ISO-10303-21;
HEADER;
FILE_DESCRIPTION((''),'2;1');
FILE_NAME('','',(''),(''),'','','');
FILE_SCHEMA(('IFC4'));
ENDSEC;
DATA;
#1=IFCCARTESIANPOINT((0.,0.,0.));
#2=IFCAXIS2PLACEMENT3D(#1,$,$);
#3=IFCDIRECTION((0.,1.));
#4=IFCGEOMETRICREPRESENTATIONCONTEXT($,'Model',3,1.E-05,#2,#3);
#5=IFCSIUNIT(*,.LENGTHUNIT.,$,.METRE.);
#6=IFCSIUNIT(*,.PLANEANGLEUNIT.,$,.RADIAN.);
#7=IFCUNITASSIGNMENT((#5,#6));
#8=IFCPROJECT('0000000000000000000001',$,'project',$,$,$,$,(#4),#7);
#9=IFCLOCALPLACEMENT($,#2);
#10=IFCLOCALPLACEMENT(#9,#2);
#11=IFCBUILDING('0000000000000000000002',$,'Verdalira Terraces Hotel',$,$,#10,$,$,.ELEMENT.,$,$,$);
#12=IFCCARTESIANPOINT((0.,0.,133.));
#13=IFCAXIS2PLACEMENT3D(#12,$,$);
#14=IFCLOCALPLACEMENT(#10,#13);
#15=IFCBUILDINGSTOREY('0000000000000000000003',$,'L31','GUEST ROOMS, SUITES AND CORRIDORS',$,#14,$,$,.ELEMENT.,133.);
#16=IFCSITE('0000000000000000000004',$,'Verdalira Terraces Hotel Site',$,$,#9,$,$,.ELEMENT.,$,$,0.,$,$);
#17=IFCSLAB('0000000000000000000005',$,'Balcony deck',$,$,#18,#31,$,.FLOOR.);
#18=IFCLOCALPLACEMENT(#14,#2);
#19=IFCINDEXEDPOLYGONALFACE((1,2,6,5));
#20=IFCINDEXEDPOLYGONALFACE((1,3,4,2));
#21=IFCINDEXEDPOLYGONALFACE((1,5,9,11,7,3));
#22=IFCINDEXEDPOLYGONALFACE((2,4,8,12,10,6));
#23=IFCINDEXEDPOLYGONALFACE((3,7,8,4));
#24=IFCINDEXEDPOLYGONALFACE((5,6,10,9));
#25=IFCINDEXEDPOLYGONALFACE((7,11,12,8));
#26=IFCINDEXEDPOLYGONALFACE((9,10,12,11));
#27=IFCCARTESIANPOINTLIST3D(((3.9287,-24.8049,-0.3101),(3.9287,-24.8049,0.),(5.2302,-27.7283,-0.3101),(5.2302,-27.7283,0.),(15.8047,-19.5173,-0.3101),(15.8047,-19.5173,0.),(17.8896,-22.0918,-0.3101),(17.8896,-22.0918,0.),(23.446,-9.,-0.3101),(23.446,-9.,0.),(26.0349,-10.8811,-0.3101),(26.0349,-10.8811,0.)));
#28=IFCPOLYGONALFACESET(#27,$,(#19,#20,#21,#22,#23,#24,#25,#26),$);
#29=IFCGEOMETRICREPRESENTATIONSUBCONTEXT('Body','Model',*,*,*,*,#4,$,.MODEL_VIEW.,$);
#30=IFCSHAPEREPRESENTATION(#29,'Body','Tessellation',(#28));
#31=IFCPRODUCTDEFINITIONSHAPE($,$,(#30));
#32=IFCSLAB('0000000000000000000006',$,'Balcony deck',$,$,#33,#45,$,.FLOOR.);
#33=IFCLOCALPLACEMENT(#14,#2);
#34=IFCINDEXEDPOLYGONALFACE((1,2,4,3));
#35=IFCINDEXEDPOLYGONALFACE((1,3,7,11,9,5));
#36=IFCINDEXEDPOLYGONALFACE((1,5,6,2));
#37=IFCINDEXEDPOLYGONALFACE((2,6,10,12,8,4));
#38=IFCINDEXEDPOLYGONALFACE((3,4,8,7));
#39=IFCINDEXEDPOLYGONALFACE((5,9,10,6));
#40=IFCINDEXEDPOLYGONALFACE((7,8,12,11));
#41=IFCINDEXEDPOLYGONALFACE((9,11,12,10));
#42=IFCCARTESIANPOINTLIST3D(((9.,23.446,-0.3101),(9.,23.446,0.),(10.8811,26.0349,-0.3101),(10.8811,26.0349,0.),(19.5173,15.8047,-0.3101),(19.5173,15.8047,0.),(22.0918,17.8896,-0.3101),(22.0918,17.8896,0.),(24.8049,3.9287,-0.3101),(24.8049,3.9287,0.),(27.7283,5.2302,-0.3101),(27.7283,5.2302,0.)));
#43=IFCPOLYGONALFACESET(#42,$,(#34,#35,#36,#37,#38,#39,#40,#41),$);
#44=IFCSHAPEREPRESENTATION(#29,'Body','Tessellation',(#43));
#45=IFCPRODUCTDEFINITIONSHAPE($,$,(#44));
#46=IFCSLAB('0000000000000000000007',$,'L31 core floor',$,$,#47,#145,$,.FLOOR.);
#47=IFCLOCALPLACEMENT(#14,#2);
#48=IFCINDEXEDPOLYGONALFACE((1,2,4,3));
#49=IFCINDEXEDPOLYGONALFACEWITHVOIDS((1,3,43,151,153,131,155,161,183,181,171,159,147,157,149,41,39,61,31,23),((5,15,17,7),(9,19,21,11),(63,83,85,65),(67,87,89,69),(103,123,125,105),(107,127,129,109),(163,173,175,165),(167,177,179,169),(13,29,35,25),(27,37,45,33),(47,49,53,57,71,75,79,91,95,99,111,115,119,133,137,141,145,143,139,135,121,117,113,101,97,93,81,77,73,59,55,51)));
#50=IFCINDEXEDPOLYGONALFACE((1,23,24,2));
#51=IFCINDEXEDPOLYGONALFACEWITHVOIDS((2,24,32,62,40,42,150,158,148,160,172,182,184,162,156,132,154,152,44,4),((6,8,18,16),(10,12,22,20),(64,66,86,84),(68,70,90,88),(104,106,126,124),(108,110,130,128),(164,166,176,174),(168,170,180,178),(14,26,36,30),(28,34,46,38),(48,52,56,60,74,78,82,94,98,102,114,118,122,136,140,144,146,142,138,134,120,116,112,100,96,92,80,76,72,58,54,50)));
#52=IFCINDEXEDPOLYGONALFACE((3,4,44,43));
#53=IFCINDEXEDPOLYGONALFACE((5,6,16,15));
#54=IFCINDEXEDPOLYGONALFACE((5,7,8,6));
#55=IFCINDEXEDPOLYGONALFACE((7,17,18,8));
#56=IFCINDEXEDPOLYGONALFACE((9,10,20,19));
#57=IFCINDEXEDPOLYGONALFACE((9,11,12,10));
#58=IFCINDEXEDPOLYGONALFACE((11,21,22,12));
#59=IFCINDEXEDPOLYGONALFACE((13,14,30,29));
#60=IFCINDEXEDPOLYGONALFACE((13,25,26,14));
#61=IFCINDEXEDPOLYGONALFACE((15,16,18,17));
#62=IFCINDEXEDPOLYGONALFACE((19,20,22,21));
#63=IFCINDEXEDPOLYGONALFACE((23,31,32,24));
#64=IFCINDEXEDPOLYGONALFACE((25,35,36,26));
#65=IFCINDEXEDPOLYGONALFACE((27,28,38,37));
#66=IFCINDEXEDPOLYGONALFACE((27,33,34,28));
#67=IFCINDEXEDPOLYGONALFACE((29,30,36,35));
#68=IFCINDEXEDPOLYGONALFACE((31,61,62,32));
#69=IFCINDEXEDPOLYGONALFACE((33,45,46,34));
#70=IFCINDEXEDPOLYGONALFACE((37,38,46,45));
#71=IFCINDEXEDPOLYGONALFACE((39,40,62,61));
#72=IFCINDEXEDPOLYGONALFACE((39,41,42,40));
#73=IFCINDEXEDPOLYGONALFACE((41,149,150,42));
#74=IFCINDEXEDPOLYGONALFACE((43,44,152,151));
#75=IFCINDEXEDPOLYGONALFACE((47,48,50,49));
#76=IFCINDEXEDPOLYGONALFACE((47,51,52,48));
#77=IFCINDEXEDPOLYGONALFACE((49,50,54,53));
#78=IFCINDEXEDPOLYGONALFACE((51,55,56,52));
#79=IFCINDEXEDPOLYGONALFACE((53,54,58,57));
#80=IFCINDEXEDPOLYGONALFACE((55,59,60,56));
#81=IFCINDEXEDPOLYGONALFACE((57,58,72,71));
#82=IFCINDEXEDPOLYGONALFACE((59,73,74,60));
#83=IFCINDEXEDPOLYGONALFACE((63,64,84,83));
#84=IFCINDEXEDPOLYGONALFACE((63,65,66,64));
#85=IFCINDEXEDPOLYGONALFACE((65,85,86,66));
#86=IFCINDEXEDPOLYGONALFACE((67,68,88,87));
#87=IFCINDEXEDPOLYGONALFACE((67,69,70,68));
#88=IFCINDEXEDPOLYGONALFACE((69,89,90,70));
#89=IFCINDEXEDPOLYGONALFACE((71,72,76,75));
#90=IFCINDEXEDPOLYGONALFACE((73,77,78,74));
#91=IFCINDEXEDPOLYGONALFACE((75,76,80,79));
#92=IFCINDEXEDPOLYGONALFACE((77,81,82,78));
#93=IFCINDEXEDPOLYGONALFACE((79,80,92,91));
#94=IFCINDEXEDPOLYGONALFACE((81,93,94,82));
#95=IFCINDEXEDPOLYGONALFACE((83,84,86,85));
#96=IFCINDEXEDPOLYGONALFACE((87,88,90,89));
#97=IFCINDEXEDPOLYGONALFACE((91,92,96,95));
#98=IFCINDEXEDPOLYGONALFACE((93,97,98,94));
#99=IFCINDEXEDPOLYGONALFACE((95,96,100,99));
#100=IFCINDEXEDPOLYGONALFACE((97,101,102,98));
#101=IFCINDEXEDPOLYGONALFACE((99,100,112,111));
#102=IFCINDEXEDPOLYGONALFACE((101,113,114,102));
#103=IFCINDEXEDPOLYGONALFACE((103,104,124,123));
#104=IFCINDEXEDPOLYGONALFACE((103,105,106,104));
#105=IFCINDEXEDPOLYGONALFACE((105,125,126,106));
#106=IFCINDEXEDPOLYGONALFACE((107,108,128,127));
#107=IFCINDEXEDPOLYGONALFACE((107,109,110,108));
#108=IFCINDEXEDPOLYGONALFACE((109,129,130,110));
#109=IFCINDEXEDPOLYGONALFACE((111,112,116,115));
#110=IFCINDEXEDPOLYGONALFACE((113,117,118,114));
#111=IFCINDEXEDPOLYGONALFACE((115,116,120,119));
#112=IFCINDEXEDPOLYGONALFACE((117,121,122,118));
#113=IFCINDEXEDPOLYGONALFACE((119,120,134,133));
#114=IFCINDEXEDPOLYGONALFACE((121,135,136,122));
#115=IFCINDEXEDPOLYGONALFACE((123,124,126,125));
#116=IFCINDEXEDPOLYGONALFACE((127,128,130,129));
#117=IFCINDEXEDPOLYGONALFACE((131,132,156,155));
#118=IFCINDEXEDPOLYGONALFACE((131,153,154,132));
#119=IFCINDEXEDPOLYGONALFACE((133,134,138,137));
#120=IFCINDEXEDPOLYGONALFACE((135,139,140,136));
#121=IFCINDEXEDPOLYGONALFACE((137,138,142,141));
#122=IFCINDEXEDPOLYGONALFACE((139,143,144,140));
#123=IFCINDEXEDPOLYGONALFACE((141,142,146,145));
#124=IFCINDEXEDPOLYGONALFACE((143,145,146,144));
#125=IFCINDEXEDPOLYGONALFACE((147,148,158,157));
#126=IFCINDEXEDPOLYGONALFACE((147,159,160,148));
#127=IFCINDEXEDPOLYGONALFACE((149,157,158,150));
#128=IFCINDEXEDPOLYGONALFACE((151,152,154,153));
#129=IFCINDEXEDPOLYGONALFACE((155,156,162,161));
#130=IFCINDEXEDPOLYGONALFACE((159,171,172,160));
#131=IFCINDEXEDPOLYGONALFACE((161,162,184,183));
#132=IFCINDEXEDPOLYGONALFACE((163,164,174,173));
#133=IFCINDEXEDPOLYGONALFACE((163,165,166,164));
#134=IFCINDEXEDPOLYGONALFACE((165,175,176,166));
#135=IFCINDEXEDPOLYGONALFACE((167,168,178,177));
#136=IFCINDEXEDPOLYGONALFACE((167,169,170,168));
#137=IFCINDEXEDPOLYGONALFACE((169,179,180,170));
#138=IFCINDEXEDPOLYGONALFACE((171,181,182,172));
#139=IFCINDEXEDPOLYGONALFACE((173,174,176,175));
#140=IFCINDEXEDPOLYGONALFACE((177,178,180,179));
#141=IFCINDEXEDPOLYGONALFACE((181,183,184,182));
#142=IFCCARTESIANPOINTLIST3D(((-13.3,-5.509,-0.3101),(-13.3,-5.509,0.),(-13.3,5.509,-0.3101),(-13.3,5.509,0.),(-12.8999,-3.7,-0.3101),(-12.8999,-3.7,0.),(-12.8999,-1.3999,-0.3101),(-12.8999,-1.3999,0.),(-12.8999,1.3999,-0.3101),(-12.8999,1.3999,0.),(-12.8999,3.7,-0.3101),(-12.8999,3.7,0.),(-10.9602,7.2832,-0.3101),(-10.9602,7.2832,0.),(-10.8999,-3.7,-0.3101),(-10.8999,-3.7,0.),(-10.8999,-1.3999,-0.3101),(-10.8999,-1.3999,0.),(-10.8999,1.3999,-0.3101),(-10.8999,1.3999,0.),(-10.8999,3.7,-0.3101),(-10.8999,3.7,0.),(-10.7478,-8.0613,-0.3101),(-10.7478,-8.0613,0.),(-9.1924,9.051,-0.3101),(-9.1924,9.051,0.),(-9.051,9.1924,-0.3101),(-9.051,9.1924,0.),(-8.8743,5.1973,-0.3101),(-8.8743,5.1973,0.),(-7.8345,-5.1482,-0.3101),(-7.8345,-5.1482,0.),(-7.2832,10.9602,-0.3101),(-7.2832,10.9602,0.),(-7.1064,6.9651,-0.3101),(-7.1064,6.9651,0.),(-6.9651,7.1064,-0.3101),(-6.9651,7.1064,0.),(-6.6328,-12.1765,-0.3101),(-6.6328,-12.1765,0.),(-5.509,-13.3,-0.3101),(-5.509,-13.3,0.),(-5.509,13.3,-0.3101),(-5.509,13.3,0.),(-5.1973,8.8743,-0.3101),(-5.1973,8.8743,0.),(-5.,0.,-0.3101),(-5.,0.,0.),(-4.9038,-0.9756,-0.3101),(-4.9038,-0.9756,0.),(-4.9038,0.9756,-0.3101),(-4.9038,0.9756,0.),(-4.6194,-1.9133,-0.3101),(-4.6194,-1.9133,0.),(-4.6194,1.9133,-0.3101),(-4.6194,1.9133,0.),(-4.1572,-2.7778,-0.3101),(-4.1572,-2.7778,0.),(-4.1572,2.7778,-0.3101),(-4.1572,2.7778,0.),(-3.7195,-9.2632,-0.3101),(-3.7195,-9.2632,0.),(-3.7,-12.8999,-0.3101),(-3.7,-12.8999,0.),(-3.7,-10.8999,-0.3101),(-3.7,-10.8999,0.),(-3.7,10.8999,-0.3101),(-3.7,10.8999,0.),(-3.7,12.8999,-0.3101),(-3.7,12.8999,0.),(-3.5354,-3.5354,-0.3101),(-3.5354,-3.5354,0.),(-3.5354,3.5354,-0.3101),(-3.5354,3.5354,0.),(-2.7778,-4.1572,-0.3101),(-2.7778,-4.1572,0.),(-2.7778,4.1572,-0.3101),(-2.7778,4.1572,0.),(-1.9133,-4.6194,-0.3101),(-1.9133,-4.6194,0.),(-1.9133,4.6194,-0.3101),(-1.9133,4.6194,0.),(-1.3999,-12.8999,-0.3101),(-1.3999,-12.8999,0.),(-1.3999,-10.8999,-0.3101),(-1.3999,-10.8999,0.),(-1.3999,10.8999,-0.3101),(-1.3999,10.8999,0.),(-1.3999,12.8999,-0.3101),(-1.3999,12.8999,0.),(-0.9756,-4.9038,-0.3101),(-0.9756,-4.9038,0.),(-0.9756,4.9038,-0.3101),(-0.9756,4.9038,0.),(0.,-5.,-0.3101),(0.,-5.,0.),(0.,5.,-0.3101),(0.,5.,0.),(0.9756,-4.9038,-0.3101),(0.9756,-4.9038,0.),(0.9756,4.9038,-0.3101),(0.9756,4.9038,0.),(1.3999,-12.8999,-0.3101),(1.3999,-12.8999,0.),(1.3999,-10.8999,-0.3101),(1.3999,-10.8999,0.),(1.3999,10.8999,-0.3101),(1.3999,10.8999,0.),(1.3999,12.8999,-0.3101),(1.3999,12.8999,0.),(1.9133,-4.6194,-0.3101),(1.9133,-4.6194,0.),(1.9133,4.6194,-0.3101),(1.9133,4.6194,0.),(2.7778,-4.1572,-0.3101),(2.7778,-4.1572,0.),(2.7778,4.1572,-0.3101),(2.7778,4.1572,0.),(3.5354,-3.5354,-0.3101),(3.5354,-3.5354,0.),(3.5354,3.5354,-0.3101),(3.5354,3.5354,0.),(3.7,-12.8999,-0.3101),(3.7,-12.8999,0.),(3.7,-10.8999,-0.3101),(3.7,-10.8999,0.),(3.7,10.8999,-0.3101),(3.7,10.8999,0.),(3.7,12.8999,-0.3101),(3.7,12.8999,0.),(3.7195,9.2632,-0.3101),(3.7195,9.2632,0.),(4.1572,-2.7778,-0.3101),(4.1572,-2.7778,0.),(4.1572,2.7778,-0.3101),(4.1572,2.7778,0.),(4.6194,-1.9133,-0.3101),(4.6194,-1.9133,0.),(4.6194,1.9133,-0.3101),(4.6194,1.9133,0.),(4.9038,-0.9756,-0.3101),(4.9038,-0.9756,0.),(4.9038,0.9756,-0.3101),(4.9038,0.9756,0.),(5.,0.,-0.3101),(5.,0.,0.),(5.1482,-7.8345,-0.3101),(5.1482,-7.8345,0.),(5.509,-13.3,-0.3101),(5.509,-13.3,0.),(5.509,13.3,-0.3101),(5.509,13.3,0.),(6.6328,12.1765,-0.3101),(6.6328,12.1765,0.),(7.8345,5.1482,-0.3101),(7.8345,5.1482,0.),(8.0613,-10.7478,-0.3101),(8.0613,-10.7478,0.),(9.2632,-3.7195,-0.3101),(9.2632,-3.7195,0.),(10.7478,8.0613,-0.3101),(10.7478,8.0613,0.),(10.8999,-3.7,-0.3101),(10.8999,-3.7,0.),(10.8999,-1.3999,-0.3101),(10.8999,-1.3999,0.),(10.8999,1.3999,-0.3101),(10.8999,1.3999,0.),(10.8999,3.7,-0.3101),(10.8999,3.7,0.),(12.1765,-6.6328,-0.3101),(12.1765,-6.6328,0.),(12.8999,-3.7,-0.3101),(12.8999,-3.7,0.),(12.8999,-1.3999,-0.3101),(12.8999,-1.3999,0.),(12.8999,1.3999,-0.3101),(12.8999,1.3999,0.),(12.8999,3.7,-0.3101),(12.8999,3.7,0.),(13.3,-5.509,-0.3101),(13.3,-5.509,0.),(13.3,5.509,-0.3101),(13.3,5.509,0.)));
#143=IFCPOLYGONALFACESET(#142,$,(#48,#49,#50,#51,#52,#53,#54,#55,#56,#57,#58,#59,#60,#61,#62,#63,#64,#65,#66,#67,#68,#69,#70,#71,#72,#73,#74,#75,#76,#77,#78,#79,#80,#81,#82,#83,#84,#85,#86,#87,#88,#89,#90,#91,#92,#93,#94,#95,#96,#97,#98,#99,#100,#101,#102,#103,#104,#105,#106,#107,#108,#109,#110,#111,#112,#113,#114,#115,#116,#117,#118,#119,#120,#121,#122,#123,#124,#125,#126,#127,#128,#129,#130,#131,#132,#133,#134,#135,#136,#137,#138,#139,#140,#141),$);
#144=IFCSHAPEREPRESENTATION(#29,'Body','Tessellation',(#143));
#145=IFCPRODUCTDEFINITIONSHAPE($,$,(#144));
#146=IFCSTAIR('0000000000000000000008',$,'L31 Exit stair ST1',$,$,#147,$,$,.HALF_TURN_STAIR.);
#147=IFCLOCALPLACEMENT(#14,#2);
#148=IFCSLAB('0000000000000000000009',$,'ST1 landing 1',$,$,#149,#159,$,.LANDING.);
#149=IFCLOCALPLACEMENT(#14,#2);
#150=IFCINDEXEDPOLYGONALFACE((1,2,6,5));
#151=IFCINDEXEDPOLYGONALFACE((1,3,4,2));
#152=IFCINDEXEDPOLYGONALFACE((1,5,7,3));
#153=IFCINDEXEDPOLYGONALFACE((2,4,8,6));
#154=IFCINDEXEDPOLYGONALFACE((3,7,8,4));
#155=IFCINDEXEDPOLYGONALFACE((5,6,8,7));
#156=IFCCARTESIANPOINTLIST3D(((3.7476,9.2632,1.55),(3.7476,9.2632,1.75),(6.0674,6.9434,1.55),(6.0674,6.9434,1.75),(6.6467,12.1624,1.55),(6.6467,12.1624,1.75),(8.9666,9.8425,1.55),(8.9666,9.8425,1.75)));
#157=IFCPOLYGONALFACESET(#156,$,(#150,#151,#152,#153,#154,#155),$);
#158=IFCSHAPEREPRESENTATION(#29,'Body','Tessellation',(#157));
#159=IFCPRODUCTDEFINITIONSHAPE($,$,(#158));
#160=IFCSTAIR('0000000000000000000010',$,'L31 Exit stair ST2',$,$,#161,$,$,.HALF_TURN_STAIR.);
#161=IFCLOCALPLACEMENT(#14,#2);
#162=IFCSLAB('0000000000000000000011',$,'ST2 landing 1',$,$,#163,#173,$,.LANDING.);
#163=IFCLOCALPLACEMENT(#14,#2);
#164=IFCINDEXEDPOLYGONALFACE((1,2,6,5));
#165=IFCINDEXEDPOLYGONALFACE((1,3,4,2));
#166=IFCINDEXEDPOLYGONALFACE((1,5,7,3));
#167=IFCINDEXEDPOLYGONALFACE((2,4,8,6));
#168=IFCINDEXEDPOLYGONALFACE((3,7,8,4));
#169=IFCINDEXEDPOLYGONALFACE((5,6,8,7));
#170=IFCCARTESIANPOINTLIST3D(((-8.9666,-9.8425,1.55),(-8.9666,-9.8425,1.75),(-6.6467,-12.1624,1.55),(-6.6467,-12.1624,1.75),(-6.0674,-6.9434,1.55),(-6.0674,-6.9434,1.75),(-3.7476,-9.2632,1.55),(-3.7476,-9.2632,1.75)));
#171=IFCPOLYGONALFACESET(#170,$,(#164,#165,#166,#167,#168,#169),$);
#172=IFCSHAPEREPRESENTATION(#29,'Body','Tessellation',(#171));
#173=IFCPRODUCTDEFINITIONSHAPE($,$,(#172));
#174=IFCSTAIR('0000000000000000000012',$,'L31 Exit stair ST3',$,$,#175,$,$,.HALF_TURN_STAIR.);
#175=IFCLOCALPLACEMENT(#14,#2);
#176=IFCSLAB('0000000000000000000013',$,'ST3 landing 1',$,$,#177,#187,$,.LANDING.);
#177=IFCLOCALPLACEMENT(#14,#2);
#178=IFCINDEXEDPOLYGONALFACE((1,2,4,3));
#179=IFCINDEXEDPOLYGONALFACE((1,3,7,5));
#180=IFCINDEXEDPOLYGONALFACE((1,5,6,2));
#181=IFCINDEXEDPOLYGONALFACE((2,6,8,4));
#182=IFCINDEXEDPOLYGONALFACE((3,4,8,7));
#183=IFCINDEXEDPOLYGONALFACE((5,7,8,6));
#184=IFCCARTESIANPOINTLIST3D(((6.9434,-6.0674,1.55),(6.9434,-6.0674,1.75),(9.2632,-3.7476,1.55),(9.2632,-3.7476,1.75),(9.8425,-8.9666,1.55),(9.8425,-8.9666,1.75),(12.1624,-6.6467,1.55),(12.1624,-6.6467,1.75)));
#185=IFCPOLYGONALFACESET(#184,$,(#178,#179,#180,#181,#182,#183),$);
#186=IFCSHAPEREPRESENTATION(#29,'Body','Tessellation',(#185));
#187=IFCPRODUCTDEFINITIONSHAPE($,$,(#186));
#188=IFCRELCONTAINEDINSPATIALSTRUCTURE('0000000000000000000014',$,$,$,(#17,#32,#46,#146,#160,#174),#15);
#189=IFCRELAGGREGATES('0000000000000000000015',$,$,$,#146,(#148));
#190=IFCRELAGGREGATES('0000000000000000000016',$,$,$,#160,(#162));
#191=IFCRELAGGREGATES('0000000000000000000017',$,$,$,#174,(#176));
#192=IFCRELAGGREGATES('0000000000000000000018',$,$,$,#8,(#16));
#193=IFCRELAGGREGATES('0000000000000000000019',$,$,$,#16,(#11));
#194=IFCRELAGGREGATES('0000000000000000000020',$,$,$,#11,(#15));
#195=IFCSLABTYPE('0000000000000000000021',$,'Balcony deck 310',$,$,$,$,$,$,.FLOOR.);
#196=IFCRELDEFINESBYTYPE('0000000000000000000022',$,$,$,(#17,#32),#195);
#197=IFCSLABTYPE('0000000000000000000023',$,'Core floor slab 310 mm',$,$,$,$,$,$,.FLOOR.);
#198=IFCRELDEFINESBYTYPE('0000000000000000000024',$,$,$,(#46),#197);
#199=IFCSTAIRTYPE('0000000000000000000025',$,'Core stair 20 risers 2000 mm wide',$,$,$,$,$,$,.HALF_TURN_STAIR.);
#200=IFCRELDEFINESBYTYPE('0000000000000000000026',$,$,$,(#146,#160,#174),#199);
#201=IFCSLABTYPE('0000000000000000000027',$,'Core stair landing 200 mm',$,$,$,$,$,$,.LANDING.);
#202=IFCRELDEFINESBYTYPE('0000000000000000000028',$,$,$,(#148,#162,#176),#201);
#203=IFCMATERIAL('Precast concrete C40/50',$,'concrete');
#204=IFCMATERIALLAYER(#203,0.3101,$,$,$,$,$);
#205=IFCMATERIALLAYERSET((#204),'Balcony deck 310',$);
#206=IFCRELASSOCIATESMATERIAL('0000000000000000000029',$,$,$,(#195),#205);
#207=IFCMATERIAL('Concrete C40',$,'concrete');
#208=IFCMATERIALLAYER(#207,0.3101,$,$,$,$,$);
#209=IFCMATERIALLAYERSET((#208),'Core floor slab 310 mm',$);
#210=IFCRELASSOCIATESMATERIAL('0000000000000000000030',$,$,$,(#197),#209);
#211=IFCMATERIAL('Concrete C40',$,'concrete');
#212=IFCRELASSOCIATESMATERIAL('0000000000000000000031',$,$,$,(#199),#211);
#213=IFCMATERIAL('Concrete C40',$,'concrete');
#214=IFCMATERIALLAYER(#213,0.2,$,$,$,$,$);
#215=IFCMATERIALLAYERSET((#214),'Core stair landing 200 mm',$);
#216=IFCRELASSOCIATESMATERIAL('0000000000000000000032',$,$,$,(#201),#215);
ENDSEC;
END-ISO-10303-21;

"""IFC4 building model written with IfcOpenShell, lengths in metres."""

from ifc_helpers import new_model, si_unit, direction, frame, origin, place, context, subcontext, project, spatial, polyline, outline, extrude, material, layer, layer_set, type_object, element, aggregate, save


model = new_model("IFC4")

# Units and contexts
model_context = context("Model", 3, precision=1e-05, world=origin(), true_north=direction((0.0, 1.0)))
body_context = subcontext(model_context, "Body", "Model", "MODEL_VIEW")
ifc_project = project(units=[si_unit("LENGTHUNIT", "METRE"), si_unit("PLANEANGLEUNIT", "RADIAN")], contexts=[model_context])

# Site, building, storey
site_placement = place(None, origin())
site = spatial("IfcSite", under=ifc_project, at=site_placement, Name="Verdalira Terraces Hotel Site", CompositionType="ELEMENT", RefElevation=0.0)
building_placement = place(site_placement, origin())
building = spatial("IfcBuilding", under=site, at=building_placement, Name="Verdalira Terraces Hotel", CompositionType="ELEMENT")
storey_placement = place(building_placement, frame((0.0, 0.0, 133.0)))
storey = spatial("IfcBuildingStorey", under=building, at=storey_placement, Name="L31", Description="GUEST ROOMS, SUITES AND CORRIDORS", CompositionType="ELEMENT", Elevation=133.0)

# Slabs
ifc_material_1 = material(Name="Precast concrete C40/50", Category="concrete")
ifc_layer_1 = layer(ifc_material_1, 0.3101)
ifc_layer_set_1 = layer_set([ifc_layer_1], Name="Balcony deck 310")
slab_type_1 = type_object("IfcSlabType", Name="Balcony deck 310", PredefinedType="FLOOR", material=ifc_layer_set_1)
slab_1_placement = place(storey_placement, frame((0.0, 0.0, -0.3101)))
element("IfcSlab", 1, at=slab_1_placement, inside=storey, type_object=slab_type_1, Name="Balcony deck", PredefinedType="FLOOR", context=body_context, shape_type="SweptSolid", body=[
    extrude(outline(polyline([(26.0349, -10.8811), (23.446, -9.0), (15.8047, -19.5173), (3.9287, -24.8049), (5.2302, -27.7283), (17.8896, -22.0918), (26.0349, -10.8811)])), origin(), (0.0, 0.0, 1.0), 0.3101),
])
slab_2_placement = place(storey_placement, frame((0.0, 0.0, -0.3101)))
element("IfcSlab", 2, at=slab_2_placement, inside=storey, type_object=slab_type_1, Name="Balcony deck", PredefinedType="FLOOR", context=body_context, shape_type="SweptSolid", body=[
    extrude(outline(polyline([(10.8811, 26.0349), (9.0, 23.446), (19.5173, 15.8047), (24.8049, 3.9287), (27.7283, 5.2302), (22.0918, 17.8896), (10.8811, 26.0349)])), origin(), (0.0, 0.0, 1.0), 0.3101),
])
ifc_material_2 = material(Name="Concrete C40", Category="concrete")
ifc_layer_2 = layer(ifc_material_2, 0.3101)
ifc_layer_set_2 = layer_set([ifc_layer_2], Name="Core floor slab 310 mm")
slab_type_2 = type_object("IfcSlabType", Name="Core floor slab 310 mm", PredefinedType="FLOOR", material=ifc_layer_set_2)
slab_3_placement = place(storey_placement, frame((0.0, 0.0, -0.3101)))
element("IfcSlab", 3, at=slab_3_placement, inside=storey, type_object=slab_type_2, Name="L31 core floor", PredefinedType="FLOOR", context=body_context, shape_type="SweptSolid", body=[
    extrude(outline(polyline([(-5.509, 13.3), (5.509, 13.3), (6.6328, 12.1765), (3.7195, 9.2632), (7.8345, 5.1482), (10.7478, 8.0613), (13.3, 5.509), (13.3, -5.509), (12.1765, -6.6328), (9.2632, -3.7195), (5.1482, -7.8345), (8.0613, -10.7478), (5.509, -13.3), (-5.509, -13.3), (-6.6328, -12.1765), (-3.7195, -9.2632), (-7.8345, -5.1482), (-10.7478, -8.0613), (-13.3, -5.509), (-13.3, 5.509), (-5.509, 13.3)]), holes=[polyline([(12.8999, -3.7), (12.8999, -1.3999), (10.8999, -1.3999), (10.8999, -3.7), (12.8999, -3.7)]), polyline([(12.8999, 1.3999), (12.8999, 3.7), (10.8999, 3.7), (10.8999, 1.3999), (12.8999, 1.3999)]), polyline([(1.3999, 10.8999), (3.7, 10.8999), (3.7, 12.8999), (1.3999, 12.8999), (1.3999, 10.8999)]), polyline([(-3.7, 10.8999), (-1.3999, 10.8999), (-1.3999, 12.8999), (-3.7, 12.8999), (-3.7, 10.8999)]), polyline([(-12.8999, 3.7), (-12.8999, 1.3999), (-10.8999, 1.3999), (-10.8999, 3.7), (-12.8999, 3.7)]), polyline([(-12.8999, -1.3999), (-12.8999, -3.7), (-10.8999, -3.7), (-10.8999, -1.3999), (-12.8999, -1.3999)]), polyline([(-1.3999, -10.8999), (-3.7, -10.8999), (-3.7, -12.8999), (-1.3999, -12.8999), (-1.3999, -10.8999)]), polyline([(3.7, -10.8999), (1.3999, -10.8999), (1.3999, -12.8999), (3.7, -12.8999), (3.7, -10.8999)]), polyline([(-9.051, 9.1924), (-6.9651, 7.1064), (-5.1973, 8.8743), (-7.2832, 10.9602), (-9.051, 9.1924)]), polyline([(-9.1924, 9.051), (-10.9602, 7.2832), (-8.8743, 5.1973), (-7.1064, 6.9651), (-9.1924, 9.051)]), polyline([(3.5354, 3.5354), (2.7778, 4.1572), (1.9133, 4.6194), (0.9756, 4.9038), (0.0, 5.0), (-0.9756, 4.9038), (-1.9133, 4.6194), (-2.7778, 4.1572), (-3.5354, 3.5354), (-4.1572, 2.7778), (-4.6194, 1.9133), (-4.9038, 0.9756), (-5.0, 0.0), (-4.9038, -0.9756), (-4.6194, -1.9133), (-4.1572, -2.7778), (-3.5354, -3.5354), (-2.7778, -4.1572), (-1.9133, -4.6194), (-0.9756, -4.9038), (0.0, -5.0), (0.9756, -4.9038), (1.9133, -4.6194), (2.7778, -4.1572), (3.5354, -3.5354), (4.1572, -2.7778), (4.6194, -1.9133), (4.9038, -0.9756), (5.0, 0.0), (4.9038, 0.9756), (4.6194, 1.9133), (4.1572, 2.7778), (3.5354, 3.5354)])]), origin(), (0.0, 0.0, 1.0), 0.3101),
])

# Stairs, slabs
ifc_material_3 = material(Name="Concrete C40", Category="concrete")
stair_type = type_object("IfcStairType", Name="Core stair 20 risers 2000 mm wide", PredefinedType="HALF_TURN_STAIR", material=ifc_material_3)
stair_1_placement = place(storey_placement, origin())
stair_1 = element("IfcStair", 4, at=stair_1_placement, inside=storey, type_object=stair_type, Name="L31 Exit stair ST1", PredefinedType="HALF_TURN_STAIR")
ifc_material_4 = material(Name="Concrete C40", Category="concrete")
ifc_layer_3 = layer(ifc_material_4, 0.2)
ifc_layer_set_3 = layer_set([ifc_layer_3], Name="Core stair landing 200 mm")
slab_type_3 = type_object("IfcSlabType", Name="Core stair landing 200 mm", PredefinedType="LANDING", material=ifc_layer_set_3)
slab_4_placement = place(storey_placement, frame((0.0, 0.0, 1.55)))
slab_4 = element("IfcSlab", 5, at=slab_4_placement, type_object=slab_type_3, Name="ST1 landing 1", PredefinedType="LANDING", context=body_context, shape_type="SweptSolid", body=[
    extrude(outline(polyline([(8.9666, 9.8425), (6.6467, 12.1624), (3.7476, 9.2632), (6.0674, 6.9434), (8.9666, 9.8425)])), origin(), (0.0, 0.0, 1.0), 0.2),
])
aggregate(stair_1, [slab_4])
stair_2_placement = place(storey_placement, origin())
stair_2 = element("IfcStair", 6, at=stair_2_placement, inside=storey, type_object=stair_type, Name="L31 Exit stair ST2", PredefinedType="HALF_TURN_STAIR")
slab_5_placement = place(storey_placement, frame((0.0, 0.0, 1.55)))
slab_5 = element("IfcSlab", 7, at=slab_5_placement, type_object=slab_type_3, Name="ST2 landing 1", PredefinedType="LANDING", context=body_context, shape_type="SweptSolid", body=[
    extrude(outline(polyline([(-8.9666, -9.8425), (-6.6467, -12.1624), (-3.7476, -9.2632), (-6.0674, -6.9434), (-8.9666, -9.8425)])), origin(), (0.0, 0.0, 1.0), 0.2),
])
aggregate(stair_2, [slab_5])
stair_3_placement = place(storey_placement, origin())
stair_3 = element("IfcStair", 8, at=stair_3_placement, inside=storey, type_object=stair_type, Name="L31 Exit stair ST3", PredefinedType="HALF_TURN_STAIR")
slab_6_placement = place(storey_placement, frame((0.0, 0.0, 1.55)))
slab_6 = element("IfcSlab", 9, at=slab_6_placement, type_object=slab_type_3, Name="ST3 landing 1", PredefinedType="LANDING", context=body_context, shape_type="SweptSolid", body=[
    extrude(outline(polyline([(9.8425, -8.9666), (12.1624, -6.6467), (9.2632, -3.7476), (6.9434, -6.0674), (9.8425, -8.9666)])), origin(), (0.0, 0.0, 1.0), 0.2),
])
aggregate(stair_3, [slab_6])

save(model, "model.ifc")
